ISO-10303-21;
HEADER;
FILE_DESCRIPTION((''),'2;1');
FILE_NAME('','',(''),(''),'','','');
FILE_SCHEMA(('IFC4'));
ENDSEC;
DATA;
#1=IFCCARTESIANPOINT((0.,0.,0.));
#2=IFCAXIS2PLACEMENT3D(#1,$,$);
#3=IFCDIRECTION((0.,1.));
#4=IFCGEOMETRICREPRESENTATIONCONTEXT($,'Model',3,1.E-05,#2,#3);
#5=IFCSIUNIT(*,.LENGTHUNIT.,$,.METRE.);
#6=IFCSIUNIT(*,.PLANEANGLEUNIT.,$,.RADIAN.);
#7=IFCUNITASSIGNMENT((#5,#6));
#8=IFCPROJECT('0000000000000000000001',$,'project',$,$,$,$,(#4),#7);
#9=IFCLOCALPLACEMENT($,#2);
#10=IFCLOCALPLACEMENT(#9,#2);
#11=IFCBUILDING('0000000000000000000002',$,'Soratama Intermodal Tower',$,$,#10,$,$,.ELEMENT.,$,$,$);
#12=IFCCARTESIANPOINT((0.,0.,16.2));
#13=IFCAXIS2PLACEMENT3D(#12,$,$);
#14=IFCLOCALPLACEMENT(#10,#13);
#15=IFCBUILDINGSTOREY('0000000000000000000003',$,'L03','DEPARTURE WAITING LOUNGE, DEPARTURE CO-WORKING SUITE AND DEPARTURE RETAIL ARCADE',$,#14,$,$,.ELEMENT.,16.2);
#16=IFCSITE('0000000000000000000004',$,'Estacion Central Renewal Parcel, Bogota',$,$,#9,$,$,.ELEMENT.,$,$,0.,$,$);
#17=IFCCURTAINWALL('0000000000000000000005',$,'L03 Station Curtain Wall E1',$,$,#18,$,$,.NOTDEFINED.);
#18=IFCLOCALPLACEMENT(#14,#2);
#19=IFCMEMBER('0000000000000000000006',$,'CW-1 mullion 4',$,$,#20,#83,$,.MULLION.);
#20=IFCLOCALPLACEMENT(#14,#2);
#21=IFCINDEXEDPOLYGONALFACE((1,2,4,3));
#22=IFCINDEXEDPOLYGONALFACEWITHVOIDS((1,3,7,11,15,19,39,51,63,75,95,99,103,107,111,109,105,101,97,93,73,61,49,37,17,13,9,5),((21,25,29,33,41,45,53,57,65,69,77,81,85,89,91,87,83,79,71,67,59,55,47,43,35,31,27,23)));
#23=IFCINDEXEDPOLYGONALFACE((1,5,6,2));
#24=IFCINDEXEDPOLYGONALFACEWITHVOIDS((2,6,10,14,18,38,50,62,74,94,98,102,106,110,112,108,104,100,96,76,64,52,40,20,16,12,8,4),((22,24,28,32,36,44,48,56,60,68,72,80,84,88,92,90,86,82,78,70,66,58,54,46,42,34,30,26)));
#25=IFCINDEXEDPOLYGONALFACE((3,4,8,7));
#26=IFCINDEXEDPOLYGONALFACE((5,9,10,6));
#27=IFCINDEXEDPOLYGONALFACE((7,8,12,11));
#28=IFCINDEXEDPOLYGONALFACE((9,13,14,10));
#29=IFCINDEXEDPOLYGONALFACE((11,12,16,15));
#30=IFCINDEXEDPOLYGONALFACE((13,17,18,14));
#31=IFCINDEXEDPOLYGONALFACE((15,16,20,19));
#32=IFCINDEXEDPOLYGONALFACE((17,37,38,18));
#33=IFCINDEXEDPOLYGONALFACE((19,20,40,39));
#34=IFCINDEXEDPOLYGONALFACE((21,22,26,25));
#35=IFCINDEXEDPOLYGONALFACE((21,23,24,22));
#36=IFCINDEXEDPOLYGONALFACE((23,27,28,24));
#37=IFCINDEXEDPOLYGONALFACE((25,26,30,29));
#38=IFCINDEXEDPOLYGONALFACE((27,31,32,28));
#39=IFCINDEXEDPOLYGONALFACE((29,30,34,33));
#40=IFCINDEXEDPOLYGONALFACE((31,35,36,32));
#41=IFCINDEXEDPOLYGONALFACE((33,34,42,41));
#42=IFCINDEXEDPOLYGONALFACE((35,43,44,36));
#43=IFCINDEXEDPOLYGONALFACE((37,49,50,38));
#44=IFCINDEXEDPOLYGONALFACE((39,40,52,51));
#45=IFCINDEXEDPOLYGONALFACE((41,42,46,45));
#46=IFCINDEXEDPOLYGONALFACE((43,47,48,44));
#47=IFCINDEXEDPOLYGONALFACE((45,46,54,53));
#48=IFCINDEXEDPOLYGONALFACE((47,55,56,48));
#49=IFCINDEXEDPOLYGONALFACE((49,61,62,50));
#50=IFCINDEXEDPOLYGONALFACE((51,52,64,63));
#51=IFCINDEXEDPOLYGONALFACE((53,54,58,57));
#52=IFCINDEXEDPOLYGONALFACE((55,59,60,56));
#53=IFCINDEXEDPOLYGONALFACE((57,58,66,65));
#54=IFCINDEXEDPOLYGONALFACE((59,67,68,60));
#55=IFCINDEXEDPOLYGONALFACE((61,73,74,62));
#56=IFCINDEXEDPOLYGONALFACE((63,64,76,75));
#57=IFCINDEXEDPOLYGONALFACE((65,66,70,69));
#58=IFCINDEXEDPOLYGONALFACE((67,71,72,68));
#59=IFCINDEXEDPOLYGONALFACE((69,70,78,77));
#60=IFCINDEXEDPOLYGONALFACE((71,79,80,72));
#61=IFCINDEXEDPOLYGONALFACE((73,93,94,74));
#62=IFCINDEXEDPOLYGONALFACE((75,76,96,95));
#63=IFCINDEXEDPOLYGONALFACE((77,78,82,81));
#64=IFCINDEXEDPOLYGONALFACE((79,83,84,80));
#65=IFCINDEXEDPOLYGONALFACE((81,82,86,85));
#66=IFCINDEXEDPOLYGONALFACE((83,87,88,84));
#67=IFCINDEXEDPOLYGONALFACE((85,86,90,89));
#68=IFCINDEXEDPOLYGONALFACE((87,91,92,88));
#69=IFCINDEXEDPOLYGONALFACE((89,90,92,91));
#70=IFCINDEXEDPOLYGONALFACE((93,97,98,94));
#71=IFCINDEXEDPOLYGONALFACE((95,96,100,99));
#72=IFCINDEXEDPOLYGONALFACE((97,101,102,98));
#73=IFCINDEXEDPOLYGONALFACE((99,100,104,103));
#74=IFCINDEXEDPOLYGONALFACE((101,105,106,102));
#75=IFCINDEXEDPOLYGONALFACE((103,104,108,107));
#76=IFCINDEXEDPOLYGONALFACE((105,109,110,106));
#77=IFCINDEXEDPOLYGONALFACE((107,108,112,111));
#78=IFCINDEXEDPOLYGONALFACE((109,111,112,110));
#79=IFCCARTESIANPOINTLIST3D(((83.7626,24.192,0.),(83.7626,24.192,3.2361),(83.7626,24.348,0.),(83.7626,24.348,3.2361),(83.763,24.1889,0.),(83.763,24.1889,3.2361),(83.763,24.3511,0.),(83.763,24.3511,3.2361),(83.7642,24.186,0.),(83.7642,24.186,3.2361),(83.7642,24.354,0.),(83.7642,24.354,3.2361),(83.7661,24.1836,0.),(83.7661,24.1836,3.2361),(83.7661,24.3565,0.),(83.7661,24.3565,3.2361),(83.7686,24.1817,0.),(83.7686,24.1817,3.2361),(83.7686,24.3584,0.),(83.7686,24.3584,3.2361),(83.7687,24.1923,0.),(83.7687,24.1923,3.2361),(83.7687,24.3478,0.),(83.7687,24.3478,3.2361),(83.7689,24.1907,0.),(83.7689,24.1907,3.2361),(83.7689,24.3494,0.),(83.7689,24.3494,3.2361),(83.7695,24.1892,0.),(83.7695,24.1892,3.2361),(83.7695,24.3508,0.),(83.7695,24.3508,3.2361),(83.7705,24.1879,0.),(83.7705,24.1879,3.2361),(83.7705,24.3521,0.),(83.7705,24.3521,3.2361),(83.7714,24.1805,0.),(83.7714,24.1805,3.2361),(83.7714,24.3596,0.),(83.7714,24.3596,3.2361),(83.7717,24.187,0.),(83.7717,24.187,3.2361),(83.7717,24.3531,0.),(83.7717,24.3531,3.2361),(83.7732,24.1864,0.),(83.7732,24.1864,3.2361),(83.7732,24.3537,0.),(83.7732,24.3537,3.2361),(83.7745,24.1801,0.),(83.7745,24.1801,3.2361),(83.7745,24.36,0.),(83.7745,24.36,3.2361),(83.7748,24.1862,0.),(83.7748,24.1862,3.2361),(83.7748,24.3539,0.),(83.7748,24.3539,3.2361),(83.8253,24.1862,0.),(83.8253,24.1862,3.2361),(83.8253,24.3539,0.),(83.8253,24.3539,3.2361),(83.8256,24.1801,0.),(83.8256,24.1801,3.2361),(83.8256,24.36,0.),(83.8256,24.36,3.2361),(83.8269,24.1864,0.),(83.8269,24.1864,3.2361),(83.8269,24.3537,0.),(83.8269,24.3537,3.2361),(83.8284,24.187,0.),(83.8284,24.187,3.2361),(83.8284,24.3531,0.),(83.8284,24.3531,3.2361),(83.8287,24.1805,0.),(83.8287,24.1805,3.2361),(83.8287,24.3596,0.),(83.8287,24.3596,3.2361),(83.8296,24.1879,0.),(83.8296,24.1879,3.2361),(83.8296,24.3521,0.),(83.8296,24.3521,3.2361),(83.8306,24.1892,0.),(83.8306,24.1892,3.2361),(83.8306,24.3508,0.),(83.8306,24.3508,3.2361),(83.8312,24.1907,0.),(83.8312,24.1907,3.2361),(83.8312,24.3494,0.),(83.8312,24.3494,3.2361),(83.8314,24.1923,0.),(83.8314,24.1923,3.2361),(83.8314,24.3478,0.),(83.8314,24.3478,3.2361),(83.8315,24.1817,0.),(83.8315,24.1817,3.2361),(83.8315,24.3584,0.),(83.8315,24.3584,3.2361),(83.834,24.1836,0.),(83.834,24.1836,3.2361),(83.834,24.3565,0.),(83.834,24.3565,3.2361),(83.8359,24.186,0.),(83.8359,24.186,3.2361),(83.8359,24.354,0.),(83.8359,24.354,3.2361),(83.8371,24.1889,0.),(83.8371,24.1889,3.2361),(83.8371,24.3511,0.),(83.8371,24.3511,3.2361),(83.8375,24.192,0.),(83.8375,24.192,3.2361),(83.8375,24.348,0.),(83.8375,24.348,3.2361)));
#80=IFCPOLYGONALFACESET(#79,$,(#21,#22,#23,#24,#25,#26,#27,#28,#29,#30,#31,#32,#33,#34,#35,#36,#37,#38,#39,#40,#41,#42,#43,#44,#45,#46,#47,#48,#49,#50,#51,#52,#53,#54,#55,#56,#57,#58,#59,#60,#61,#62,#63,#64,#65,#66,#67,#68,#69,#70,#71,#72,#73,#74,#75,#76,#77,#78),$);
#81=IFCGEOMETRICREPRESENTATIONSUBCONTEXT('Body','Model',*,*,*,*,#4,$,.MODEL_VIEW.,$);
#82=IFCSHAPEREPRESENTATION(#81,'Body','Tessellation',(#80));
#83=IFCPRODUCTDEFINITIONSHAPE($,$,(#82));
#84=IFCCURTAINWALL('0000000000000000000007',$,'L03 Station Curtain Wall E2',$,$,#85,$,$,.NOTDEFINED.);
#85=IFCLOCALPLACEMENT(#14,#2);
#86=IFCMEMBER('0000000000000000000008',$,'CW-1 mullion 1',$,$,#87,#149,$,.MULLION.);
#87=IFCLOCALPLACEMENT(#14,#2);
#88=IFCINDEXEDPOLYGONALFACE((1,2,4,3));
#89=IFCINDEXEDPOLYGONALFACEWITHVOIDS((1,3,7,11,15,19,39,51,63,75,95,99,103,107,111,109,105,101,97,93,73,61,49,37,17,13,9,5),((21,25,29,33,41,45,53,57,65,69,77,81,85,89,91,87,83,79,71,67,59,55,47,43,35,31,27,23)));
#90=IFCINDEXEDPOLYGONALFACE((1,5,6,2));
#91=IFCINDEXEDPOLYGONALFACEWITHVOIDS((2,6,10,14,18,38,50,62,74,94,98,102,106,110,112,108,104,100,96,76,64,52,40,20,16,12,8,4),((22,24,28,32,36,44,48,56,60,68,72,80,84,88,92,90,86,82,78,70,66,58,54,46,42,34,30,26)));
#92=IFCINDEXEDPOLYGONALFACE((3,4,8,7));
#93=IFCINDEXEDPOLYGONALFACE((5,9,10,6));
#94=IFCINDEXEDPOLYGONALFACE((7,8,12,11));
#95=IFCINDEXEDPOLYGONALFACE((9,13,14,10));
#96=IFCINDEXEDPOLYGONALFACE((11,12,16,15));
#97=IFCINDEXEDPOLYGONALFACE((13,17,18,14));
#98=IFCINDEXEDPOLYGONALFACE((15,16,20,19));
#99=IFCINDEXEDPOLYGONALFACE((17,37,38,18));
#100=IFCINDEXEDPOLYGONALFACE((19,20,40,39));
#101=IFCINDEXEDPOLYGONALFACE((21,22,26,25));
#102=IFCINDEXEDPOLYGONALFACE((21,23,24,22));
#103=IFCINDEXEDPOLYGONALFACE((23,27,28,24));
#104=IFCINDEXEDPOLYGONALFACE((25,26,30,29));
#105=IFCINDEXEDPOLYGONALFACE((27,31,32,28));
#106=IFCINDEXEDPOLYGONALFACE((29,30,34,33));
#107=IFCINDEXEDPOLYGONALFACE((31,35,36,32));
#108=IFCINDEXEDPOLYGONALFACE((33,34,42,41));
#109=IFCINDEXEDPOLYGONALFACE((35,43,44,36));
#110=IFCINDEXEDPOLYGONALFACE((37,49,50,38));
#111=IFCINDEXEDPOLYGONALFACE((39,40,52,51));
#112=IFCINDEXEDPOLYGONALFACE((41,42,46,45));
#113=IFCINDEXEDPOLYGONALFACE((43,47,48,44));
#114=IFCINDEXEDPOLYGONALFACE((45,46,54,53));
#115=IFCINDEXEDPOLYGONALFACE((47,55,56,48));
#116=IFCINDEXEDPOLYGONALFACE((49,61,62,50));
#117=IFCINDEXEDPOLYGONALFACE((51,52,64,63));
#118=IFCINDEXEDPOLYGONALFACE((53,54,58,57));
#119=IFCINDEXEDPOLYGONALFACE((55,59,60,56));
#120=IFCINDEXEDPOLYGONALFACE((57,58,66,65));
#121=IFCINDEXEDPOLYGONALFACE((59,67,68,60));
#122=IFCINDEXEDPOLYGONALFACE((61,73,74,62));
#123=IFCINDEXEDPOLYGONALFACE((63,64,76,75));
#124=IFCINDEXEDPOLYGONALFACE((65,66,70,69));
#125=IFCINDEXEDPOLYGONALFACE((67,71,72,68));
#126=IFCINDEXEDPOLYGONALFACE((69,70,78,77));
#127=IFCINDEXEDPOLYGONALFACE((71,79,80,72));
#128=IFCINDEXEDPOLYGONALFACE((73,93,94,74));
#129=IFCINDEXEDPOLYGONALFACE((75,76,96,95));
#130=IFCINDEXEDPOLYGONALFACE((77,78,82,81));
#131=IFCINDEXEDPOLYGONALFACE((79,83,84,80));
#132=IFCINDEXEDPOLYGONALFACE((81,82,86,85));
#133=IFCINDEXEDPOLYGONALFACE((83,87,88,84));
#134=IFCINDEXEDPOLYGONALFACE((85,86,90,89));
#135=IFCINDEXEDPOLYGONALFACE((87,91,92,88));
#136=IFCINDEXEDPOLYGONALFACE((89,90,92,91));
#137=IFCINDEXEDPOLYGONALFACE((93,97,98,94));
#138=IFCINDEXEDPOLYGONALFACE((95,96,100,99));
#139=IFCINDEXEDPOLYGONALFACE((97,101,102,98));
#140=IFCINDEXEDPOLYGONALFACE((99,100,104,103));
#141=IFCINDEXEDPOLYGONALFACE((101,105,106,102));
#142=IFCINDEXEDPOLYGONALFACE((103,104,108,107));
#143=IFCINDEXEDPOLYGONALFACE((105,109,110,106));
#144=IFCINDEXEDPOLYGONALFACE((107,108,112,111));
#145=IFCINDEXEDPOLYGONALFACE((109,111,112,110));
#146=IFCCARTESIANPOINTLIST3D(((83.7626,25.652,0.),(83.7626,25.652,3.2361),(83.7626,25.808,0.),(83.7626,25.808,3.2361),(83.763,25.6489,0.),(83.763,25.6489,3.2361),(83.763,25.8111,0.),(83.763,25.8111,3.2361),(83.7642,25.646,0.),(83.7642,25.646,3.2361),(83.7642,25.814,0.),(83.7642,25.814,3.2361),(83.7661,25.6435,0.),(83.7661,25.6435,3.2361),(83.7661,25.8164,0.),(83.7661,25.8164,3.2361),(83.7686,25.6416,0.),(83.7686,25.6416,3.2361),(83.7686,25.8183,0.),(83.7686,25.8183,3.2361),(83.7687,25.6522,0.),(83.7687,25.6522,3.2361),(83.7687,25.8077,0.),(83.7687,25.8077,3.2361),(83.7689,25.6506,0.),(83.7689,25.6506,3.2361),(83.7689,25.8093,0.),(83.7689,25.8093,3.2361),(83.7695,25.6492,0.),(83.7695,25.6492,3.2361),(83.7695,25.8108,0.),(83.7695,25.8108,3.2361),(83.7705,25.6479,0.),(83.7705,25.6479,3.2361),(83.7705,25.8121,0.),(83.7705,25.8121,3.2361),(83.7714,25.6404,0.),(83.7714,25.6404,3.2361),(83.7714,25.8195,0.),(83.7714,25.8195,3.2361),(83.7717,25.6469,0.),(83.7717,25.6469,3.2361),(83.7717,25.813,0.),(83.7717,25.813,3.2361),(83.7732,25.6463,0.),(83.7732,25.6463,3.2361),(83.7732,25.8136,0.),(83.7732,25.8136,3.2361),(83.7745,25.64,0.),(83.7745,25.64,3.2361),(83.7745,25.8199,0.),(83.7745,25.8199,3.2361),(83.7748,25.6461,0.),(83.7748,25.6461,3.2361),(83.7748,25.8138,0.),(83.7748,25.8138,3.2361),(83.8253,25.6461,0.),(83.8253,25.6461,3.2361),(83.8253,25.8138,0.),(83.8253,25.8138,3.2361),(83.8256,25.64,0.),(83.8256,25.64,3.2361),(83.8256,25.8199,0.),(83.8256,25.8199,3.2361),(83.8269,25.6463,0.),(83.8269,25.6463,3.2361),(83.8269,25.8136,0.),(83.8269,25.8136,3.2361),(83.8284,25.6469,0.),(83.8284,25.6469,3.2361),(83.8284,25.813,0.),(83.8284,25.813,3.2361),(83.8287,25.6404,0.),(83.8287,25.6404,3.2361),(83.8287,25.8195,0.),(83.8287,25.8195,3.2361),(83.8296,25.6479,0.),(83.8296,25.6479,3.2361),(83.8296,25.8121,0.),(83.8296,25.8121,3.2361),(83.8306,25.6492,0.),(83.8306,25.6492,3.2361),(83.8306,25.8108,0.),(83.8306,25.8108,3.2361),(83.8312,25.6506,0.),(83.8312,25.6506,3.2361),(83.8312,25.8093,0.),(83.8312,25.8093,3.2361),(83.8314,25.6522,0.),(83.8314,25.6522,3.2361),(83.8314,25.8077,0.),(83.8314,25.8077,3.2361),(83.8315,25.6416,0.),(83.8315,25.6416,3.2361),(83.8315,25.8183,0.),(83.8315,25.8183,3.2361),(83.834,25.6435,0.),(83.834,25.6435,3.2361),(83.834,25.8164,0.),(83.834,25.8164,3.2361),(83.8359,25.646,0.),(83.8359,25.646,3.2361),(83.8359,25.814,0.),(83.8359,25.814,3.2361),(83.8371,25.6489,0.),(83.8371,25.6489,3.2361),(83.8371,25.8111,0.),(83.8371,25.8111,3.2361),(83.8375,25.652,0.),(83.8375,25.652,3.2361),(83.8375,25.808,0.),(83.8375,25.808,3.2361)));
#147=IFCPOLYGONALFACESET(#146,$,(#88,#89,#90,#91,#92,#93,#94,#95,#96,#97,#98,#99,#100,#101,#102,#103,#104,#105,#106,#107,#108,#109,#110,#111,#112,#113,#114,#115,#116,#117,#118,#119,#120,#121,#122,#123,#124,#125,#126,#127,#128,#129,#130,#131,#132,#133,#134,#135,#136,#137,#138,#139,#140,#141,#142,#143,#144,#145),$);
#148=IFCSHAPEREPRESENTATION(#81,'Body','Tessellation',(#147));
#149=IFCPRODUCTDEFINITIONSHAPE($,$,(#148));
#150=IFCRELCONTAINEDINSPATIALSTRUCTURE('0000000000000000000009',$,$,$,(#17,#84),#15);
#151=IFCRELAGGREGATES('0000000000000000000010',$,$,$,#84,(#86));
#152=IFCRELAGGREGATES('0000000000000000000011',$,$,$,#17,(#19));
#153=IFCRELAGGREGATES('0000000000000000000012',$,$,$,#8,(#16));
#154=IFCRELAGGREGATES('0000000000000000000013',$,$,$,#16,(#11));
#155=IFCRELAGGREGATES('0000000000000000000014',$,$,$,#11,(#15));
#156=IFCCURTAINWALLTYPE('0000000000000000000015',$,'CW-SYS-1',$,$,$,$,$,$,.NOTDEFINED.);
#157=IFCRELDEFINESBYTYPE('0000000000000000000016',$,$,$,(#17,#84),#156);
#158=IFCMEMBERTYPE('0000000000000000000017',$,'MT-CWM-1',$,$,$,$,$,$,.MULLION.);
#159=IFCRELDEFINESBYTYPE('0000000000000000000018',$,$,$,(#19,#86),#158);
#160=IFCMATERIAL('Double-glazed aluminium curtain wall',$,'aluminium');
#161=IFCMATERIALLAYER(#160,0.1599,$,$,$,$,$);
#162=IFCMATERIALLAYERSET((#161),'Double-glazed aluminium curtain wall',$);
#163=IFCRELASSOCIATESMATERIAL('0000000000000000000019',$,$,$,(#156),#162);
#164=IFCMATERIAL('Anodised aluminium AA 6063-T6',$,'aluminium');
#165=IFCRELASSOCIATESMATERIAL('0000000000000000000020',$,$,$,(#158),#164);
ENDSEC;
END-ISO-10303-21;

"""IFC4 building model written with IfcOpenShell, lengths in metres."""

from ifc_helpers import new_model, si_unit, direction, frame, origin, origin_2d, place, context, subcontext, project, spatial, hollow_rectangle, extrude, material, layer, layer_set, material_profile, profile_set, type_object, element, aggregate, save


model = new_model("IFC4")

# Units and contexts
model_context = context("Model", 3, precision=1e-05, world=origin(), true_north=direction((0.0, 1.0)))
body_context = subcontext(model_context, "Body", "Model", "MODEL_VIEW")
ifc_project = project(units=[si_unit("LENGTHUNIT", "METRE"), si_unit("PLANEANGLEUNIT", "RADIAN")], contexts=[model_context])

# Site, building, storey
site_placement = place(None, origin())
site = spatial("IfcSite", under=ifc_project, at=site_placement, Name="Estacion Central Renewal Parcel, Bogota", CompositionType="ELEMENT", RefElevation=0.0)
building_placement = place(site_placement, origin())
building = spatial("IfcBuilding", under=site, at=building_placement, Name="Soratama Intermodal Tower", CompositionType="ELEMENT")
storey_placement = place(building_placement, frame((0.0, 0.0, 16.2)))
storey = spatial("IfcBuildingStorey", under=building, at=storey_placement, Name="L03", Description="DEPARTURE WAITING LOUNGE, DEPARTURE CO-WORKING SUITE AND DEPARTURE RETAIL ARCADE", CompositionType="ELEMENT", Elevation=16.2)

# Curtain wall, member
ifc_material_1 = material(Name="Double-glazed aluminium curtain wall", Category="aluminium")
ifc_layer_1 = layer(ifc_material_1, 0.1599)
ifc_layer_set_1 = layer_set([ifc_layer_1], Name="Double-glazed aluminium curtain wall")
curtain_wall_type = type_object("IfcCurtainWallType", Name="CW-SYS-1", PredefinedType="NOTDEFINED", material=ifc_layer_set_1)
curtain_wall_1_placement = place(storey_placement, origin())
curtain_wall_1 = element("IfcCurtainWall", 1, at=curtain_wall_1_placement, inside=storey, type_object=curtain_wall_type, Name="L03 Station Curtain Wall E1", PredefinedType="NOTDEFINED")
ifc_material_2 = material(Name="Anodised aluminium AA 6063-T6", Category="aluminium")
ifc_material_profile_1 = material_profile(ifc_material_2, hollow_rectangle(XDim=0.075, YDim=0.1799, WallThickness=0.0061, InnerFilletRadius=0.0061, OuterFilletRadius=0.012, at=origin_2d()), Name="CWM180X75X6")
ifc_profile_set_1 = profile_set([ifc_material_profile_1], Name="Anodised aluminium AA 6063-T6")
member_type_1 = type_object("IfcMemberType", Name="MT-CWM-1", PredefinedType="MULLION", material=ifc_profile_set_1)
member_1_placement = place(storey_placement, frame((83.8, 24.27, 0.0), z_axis=(0.0, 0.0, 1.0), x_axis=(-1.0, 0.0, 0.0)))
member_1 = element("IfcMember", 2, at=member_1_placement, type_object=member_type_1, Name="CW-1 mullion 4", PredefinedType="MULLION", context=body_context, shape_type="SweptSolid", body=[
    extrude(hollow_rectangle(XDim=0.075, YDim=0.1799, WallThickness=0.0061, InnerFilletRadius=0.0061, OuterFilletRadius=0.012, at=origin_2d()), origin(), (0.0, 0.0, 1.0), 3.2361),
])

# Curtain wall, member
curtain_wall_2_placement = place(storey_placement, origin())
curtain_wall_2 = element("IfcCurtainWall", 3, at=curtain_wall_2_placement, inside=storey, type_object=curtain_wall_type, Name="L03 Station Curtain Wall E2", PredefinedType="NOTDEFINED")
member_2_placement = place(storey_placement, frame((83.8, 25.73, 0.0), z_axis=(0.0, 0.0, 1.0), x_axis=(-1.0, 0.0, 0.0)))
member_2 = element("IfcMember", 4, at=member_2_placement, type_object=member_type_1, Name="CW-1 mullion 1", PredefinedType="MULLION", context=body_context, shape_type="SweptSolid", body=[
    extrude(hollow_rectangle(XDim=0.075, YDim=0.1799, WallThickness=0.0061, InnerFilletRadius=0.0061, OuterFilletRadius=0.012, at=origin_2d()), origin(), (0.0, 0.0, 1.0), 3.2361),
])

aggregate(curtain_wall_2, [member_2])

aggregate(curtain_wall_1, [member_1])

save(model, "model.ifc")
